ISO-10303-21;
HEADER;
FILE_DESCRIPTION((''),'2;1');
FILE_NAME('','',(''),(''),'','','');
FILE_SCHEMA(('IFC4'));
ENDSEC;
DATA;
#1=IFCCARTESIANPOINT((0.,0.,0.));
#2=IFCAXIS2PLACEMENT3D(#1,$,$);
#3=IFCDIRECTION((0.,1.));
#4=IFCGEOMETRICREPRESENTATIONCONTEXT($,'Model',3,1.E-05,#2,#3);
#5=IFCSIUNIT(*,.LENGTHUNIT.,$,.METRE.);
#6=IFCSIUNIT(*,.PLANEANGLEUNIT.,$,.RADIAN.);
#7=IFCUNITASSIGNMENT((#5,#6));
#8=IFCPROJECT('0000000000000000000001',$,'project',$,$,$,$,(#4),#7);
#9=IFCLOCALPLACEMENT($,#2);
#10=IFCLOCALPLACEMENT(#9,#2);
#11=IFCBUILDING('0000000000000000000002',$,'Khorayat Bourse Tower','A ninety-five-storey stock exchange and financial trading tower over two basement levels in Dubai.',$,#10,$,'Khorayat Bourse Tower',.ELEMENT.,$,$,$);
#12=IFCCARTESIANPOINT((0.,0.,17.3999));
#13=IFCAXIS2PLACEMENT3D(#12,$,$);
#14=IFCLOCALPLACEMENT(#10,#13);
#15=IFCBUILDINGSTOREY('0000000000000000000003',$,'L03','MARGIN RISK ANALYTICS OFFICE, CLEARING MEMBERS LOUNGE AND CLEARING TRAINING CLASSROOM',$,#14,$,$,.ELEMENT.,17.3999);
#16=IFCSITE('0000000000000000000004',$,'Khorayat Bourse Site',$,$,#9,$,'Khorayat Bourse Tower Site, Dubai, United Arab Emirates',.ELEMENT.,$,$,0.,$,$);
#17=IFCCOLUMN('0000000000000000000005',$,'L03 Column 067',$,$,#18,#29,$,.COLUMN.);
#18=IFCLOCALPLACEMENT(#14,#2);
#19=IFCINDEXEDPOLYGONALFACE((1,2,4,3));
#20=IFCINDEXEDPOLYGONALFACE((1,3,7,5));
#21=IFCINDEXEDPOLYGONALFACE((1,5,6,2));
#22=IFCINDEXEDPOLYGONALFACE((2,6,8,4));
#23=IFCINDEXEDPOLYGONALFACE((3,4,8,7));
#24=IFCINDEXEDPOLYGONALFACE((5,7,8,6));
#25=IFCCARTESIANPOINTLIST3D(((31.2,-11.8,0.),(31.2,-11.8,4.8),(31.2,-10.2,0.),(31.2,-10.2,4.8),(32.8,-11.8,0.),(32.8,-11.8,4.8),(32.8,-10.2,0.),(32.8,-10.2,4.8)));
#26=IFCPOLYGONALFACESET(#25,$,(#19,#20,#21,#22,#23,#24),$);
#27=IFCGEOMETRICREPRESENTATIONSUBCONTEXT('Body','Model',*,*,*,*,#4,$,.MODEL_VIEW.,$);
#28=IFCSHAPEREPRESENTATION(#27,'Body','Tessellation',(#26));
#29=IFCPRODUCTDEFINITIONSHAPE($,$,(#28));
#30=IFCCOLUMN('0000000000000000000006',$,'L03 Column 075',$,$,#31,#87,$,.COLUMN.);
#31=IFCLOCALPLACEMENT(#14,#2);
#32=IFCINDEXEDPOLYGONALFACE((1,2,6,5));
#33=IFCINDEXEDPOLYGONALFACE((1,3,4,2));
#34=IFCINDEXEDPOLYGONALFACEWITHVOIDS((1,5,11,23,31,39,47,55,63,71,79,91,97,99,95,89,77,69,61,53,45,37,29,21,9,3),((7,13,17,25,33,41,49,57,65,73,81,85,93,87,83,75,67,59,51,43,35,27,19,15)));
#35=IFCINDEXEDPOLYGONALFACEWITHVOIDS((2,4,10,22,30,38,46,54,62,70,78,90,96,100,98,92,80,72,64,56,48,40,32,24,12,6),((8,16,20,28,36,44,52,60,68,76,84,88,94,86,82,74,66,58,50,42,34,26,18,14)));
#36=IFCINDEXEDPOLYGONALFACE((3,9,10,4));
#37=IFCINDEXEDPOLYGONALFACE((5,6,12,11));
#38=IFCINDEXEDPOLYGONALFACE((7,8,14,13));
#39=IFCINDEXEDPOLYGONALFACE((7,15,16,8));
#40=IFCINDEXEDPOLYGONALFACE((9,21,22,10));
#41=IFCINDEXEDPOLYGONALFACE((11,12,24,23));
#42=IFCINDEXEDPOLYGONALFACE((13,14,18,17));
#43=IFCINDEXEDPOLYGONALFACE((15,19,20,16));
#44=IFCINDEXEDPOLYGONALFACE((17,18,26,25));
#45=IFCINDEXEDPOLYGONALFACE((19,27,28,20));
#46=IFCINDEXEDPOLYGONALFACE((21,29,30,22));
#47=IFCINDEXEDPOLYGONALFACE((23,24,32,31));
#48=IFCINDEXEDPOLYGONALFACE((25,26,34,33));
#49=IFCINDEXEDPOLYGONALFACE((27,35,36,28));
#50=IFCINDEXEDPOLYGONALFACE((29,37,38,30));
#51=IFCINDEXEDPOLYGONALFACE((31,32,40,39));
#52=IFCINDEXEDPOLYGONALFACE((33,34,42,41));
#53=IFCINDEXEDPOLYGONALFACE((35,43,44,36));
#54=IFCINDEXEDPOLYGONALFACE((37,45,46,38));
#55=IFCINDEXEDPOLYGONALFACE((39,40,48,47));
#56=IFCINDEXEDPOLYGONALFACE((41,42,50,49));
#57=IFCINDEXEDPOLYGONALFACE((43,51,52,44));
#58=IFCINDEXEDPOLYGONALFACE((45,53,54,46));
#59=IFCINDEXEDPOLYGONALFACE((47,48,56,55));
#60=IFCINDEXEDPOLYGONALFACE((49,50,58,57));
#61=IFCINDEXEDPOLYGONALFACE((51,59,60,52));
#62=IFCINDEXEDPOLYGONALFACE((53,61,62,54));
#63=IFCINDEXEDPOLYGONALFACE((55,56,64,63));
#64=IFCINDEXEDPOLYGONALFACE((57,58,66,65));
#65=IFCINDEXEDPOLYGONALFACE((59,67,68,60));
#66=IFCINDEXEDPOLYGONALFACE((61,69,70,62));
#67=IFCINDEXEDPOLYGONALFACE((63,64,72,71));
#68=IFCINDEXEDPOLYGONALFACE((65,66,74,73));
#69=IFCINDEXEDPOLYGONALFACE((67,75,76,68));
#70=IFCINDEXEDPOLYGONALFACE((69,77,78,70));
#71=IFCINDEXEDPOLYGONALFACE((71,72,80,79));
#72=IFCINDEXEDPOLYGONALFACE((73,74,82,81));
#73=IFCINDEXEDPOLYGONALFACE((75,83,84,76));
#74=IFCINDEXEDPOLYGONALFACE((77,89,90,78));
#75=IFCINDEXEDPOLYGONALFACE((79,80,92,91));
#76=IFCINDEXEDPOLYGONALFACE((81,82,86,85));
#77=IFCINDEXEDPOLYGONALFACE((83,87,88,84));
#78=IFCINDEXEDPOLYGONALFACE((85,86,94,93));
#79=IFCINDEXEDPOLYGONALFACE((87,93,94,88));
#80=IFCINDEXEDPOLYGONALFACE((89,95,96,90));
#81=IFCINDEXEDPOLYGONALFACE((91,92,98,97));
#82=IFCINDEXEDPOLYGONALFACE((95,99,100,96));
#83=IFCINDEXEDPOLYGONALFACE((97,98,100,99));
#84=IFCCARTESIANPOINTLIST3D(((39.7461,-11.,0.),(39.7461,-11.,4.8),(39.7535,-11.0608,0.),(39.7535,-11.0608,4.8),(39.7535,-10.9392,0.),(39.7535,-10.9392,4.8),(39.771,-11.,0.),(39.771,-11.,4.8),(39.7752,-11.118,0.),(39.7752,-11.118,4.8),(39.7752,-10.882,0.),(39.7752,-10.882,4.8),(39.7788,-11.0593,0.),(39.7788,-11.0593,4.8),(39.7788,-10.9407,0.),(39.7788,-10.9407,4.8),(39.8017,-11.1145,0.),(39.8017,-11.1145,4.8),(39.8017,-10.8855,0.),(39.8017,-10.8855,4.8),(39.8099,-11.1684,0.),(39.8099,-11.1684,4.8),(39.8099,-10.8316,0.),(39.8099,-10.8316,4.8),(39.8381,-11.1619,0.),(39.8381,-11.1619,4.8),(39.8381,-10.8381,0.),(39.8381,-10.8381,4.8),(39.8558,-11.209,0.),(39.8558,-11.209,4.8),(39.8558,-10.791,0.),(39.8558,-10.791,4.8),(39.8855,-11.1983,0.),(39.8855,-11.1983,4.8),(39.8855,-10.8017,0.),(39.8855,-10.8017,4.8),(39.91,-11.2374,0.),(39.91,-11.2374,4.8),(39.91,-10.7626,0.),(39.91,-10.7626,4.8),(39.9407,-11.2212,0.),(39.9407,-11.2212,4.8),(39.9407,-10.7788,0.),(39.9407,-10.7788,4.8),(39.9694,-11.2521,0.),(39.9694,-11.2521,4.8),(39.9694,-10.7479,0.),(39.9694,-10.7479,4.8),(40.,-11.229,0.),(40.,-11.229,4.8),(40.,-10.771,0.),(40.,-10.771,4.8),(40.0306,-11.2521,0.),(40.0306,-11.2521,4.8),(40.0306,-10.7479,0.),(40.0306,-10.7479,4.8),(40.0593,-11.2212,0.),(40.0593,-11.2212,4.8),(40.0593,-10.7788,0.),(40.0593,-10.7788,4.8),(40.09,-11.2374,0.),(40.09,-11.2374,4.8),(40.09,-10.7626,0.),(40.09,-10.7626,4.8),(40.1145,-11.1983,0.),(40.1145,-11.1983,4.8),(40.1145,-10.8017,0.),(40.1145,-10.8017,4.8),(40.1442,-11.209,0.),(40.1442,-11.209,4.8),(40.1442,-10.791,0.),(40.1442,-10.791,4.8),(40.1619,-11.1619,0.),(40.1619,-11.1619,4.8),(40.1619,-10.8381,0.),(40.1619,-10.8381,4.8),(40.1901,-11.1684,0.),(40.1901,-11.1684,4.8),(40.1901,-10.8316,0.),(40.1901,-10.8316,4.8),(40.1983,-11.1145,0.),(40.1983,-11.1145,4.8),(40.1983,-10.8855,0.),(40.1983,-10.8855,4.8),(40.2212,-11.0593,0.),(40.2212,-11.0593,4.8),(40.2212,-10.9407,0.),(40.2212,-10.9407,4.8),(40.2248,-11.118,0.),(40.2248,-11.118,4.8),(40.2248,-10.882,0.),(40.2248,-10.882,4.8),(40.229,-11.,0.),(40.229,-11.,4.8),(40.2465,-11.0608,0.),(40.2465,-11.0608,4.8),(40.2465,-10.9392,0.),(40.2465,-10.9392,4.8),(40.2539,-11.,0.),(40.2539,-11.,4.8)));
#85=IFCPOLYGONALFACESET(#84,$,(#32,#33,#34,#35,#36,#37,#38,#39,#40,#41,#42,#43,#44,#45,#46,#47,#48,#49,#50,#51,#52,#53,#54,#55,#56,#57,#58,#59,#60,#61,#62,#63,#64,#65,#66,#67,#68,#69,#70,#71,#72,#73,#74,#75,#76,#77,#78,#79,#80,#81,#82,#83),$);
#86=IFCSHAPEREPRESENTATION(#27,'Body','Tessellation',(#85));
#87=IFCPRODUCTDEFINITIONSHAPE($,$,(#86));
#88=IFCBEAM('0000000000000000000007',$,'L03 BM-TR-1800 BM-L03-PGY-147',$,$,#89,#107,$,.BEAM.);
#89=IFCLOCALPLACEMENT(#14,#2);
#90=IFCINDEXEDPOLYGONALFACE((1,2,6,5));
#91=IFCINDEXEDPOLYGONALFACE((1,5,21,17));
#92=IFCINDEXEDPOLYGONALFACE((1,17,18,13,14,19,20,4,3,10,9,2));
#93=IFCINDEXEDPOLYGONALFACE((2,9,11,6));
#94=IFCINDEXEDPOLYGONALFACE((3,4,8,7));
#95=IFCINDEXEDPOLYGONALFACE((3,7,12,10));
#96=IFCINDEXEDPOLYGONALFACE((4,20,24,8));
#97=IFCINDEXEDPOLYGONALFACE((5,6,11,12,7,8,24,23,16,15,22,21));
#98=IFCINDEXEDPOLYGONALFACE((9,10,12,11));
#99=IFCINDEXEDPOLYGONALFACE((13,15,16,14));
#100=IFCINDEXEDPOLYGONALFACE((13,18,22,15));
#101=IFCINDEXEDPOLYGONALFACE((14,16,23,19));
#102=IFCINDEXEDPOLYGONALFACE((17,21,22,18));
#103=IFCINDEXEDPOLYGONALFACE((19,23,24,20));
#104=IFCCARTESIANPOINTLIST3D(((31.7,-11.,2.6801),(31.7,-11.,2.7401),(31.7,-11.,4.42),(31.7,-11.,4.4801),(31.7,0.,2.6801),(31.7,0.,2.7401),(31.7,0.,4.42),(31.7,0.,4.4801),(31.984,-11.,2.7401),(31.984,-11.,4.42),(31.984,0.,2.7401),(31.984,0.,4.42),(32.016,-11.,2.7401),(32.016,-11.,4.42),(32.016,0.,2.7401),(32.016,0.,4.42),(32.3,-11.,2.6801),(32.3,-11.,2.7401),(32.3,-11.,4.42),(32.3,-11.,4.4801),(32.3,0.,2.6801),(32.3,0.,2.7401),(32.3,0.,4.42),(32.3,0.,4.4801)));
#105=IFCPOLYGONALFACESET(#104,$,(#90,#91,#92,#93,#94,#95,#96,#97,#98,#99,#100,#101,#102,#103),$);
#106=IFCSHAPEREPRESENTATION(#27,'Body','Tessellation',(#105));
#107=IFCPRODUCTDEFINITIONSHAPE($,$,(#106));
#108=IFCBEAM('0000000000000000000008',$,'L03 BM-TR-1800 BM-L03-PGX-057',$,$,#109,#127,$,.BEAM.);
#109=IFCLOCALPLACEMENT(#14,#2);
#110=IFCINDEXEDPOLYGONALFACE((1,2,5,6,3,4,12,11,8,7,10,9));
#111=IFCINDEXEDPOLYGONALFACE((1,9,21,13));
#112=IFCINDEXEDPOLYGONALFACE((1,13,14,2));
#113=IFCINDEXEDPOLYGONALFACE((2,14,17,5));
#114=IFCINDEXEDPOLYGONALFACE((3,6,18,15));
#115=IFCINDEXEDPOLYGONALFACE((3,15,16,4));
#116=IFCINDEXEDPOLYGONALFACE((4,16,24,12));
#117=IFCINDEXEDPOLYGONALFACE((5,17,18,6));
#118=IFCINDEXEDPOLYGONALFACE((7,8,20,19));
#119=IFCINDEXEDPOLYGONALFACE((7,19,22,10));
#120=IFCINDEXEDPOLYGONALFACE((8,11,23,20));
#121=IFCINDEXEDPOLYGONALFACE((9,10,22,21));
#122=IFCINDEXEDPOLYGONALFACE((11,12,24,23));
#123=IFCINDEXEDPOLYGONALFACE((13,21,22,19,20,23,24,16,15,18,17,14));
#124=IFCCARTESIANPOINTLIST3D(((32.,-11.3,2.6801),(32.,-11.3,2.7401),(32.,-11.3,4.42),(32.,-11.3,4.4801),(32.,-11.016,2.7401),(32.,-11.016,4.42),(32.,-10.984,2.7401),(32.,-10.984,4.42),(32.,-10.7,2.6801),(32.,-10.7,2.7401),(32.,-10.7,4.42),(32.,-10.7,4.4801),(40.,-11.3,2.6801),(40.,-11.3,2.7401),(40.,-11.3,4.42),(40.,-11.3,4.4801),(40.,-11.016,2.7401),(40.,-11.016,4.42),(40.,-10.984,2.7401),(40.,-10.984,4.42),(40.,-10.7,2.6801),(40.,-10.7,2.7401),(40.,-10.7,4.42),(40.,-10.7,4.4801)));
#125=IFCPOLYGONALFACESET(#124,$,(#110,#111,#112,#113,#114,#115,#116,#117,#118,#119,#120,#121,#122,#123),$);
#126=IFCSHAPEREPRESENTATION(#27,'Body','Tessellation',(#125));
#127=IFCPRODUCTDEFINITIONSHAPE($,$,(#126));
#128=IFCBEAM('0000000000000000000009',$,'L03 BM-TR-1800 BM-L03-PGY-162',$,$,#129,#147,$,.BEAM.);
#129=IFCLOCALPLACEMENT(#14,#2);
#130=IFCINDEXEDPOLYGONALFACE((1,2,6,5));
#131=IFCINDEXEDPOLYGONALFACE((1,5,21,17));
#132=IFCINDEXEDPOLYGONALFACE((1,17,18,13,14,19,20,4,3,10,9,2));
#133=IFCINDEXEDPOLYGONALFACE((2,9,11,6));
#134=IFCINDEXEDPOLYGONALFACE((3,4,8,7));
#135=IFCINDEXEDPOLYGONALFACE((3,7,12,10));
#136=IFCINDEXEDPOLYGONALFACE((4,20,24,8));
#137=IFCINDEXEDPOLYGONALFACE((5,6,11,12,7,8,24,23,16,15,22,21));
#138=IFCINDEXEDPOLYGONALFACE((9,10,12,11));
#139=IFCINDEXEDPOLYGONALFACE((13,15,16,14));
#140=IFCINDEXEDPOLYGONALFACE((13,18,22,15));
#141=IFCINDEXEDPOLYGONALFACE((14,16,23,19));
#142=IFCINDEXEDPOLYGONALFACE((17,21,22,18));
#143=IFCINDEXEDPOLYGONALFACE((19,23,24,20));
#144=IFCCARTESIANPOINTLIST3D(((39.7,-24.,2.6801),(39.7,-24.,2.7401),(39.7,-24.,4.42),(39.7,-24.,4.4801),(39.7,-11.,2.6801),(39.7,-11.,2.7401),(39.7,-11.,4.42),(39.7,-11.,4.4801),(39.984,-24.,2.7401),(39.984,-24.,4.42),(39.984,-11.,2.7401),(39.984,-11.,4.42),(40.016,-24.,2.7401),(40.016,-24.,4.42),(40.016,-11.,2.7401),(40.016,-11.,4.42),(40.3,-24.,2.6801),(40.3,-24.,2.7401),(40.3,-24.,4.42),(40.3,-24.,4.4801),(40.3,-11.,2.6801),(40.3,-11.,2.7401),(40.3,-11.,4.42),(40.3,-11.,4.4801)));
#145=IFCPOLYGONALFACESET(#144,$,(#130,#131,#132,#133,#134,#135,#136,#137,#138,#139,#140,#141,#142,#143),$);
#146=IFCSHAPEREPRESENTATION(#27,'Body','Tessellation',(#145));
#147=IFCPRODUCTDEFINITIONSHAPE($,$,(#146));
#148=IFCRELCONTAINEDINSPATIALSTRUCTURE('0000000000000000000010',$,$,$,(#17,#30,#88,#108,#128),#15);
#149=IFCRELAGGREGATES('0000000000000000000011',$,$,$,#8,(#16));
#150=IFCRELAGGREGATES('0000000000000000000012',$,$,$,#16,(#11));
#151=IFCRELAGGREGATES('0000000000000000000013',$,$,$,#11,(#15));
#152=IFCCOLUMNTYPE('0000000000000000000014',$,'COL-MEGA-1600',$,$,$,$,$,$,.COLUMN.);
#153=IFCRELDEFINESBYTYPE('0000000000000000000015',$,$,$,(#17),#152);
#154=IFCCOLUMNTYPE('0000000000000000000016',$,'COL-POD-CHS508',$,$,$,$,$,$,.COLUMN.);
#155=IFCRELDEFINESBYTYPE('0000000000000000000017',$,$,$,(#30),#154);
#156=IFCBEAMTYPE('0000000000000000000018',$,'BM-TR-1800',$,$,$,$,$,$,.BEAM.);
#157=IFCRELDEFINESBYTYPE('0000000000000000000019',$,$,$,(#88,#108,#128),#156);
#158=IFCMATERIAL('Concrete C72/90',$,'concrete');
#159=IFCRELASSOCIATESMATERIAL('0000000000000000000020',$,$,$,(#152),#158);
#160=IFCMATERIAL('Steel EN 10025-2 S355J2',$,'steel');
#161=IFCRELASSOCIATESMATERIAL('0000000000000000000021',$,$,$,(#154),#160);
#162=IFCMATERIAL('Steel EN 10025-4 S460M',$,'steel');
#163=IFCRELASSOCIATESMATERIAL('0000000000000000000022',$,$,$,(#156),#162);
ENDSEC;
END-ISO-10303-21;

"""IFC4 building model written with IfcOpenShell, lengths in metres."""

from ifc_helpers import new_model, si_unit, direction, frame, origin, origin_2d, place, context, subcontext, project, spatial, rectangle, hollow_circle, i_section, extrude, source, transform, mapped, material, material_profile, profile_set, type_object, element, save


model = new_model("IFC4")

# Units and contexts
model_context = context("Model", 3, precision=1e-05, world=origin(), true_north=direction((0.0, 1.0)))
body_context = subcontext(model_context, "Body", "Model", "MODEL_VIEW")
ifc_project = project(units=[si_unit("LENGTHUNIT", "METRE"), si_unit("PLANEANGLEUNIT", "RADIAN")], contexts=[model_context])

# Site, building, storey
site_placement = place(None, origin())
site = spatial("IfcSite", under=ifc_project, at=site_placement, Name="Khorayat Bourse Site", LongName="Khorayat Bourse Tower Site, Dubai, United Arab Emirates", CompositionType="ELEMENT", RefElevation=0.0)
building_placement = place(site_placement, origin())
building = spatial("IfcBuilding", under=site, at=building_placement, Name="Khorayat Bourse Tower", Description="A ninety-five-storey stock exchange and financial trading tower over two basement levels in Dubai.", LongName="Khorayat Bourse Tower", CompositionType="ELEMENT")
storey_placement = place(building_placement, frame((0.0, 0.0, 17.3999)))
storey = spatial("IfcBuildingStorey", under=building, at=storey_placement, Name="L03", Description="MARGIN RISK ANALYTICS OFFICE, CLEARING MEMBERS LOUNGE AND CLEARING TRAINING CLASSROOM", CompositionType="ELEMENT", Elevation=17.3999)

# Columns
ifc_material_1 = material(Name="Concrete C72/90", Category="concrete")
ifc_material_profile_1 = material_profile(ifc_material_1, rectangle(XDim=1.6001, YDim=1.6001, at=origin_2d()), Name="RC 1600x1600")
ifc_profile_set_1 = profile_set([ifc_material_profile_1], Name="Concrete C72/90")
column_type_1 = type_object("IfcColumnType", Name="COL-MEGA-1600", PredefinedType="COLUMN", material=ifc_profile_set_1)
shared_shape_1 = source(origin(), body_context, "Body", "SweptSolid", [
    extrude(rectangle(XDim=1.6001, YDim=1.6001, at=origin_2d()), origin(), (0.0, 0.0, 1.0), 4.8),
])
column_1_placement = place(storey_placement, frame((32.0, -11.0, 0.0), z_axis=(0.0, 0.0, 1.0), x_axis=(1.0, 0.0, 0.0)))
element("IfcColumn", 1, at=column_1_placement, inside=storey, type_object=column_type_1, Name="L03 Column 067", PredefinedType="COLUMN", context=body_context, shape_type="MappedRepresentation", body=[
    mapped(shared_shape_1, transform((0.0, 0.0, 0.0), scale=1.0)),
])
ifc_material_2 = material(Name="Steel EN 10025-2 S355J2", Category="steel")
ifc_material_profile_2 = material_profile(ifc_material_2, hollow_circle(Radius=0.2539, WallThickness=0.0249, at=origin_2d()), Name="CHS 508x25")
ifc_profile_set_2 = profile_set([ifc_material_profile_2], Name="Steel EN 10025-2 S355J2")
column_type_2 = type_object("IfcColumnType", Name="COL-POD-CHS508", PredefinedType="COLUMN", material=ifc_profile_set_2)
shared_shape_2 = source(origin(), body_context, "Body", "SweptSolid", [
    extrude(hollow_circle(Radius=0.2539, WallThickness=0.0249, at=origin_2d()), origin(), (0.0, 0.0, 1.0), 4.8),
])
column_2_placement = place(storey_placement, frame((40.0, -11.0, 0.0), z_axis=(0.0, 0.0, 1.0), x_axis=(1.0, 0.0, 0.0)))
element("IfcColumn", 2, at=column_2_placement, inside=storey, type_object=column_type_2, Name="L03 Column 075", PredefinedType="COLUMN", context=body_context, shape_type="MappedRepresentation", body=[
    mapped(shared_shape_2, transform((0.0, 0.0, 0.0), scale=1.0)),
])

# Beams
ifc_material_3 = material(Name="Steel EN 10025-4 S460M", Category="steel")
ifc_material_profile_3 = material_profile(ifc_material_3, i_section(OverallWidth=0.6001, OverallDepth=1.8, WebThickness=0.032, FlangeThickness=0.0601, at=origin_2d()), Name="PG 1800x600x32x60")
ifc_profile_set_3 = profile_set([ifc_material_profile_3], Name="Steel EN 10025-4 S460M")
beam_type_1 = type_object("IfcBeamType", Name="BM-TR-1800", PredefinedType="BEAM", material=ifc_profile_set_3)
shared_shape_3 = source(origin(), body_context, "Body", "SweptSolid", [
    extrude(i_section(OverallWidth=0.6001, OverallDepth=1.8, WebThickness=0.032, FlangeThickness=0.0601, at=origin_2d()), origin(), (0.0, 0.0, 1.0), 11.0),
])
beam_1_placement = place(storey_placement, frame((32.0, -11.0, 3.5801), z_axis=(0.0, 1.0, 0.0), x_axis=(-1.0, 0.0, 0.0)))
element("IfcBeam", 3, at=beam_1_placement, inside=storey, type_object=beam_type_1, Name="L03 BM-TR-1800 BM-L03-PGY-147", PredefinedType="BEAM", context=body_context, shape_type="MappedRepresentation", body=[
    mapped(shared_shape_3, transform((0.0, 0.0, 0.0), scale=1.0)),
])
shared_shape_4 = source(origin(), body_context, "Body", "SweptSolid", [
    extrude(i_section(OverallWidth=0.6001, OverallDepth=1.8, WebThickness=0.032, FlangeThickness=0.0601, at=origin_2d()), origin(), (0.0, 0.0, 1.0), 8.0),
])
beam_2_placement = place(storey_placement, frame((32.0, -11.0, 3.5801), z_axis=(1.0, 0.0, 0.0), x_axis=(0.0, 1.0, 0.0)))
element("IfcBeam", 4, at=beam_2_placement, inside=storey, type_object=beam_type_1, Name="L03 BM-TR-1800 BM-L03-PGX-057", PredefinedType="BEAM", context=body_context, shape_type="MappedRepresentation", body=[
    mapped(shared_shape_4, transform((0.0, 0.0, 0.0), scale=1.0)),
])
shared_shape_5 = source(origin(), body_context, "Body", "SweptSolid", [
    extrude(i_section(OverallWidth=0.6001, OverallDepth=1.8, WebThickness=0.032, FlangeThickness=0.0601, at=origin_2d()), origin(), (0.0, 0.0, 1.0), 13.0),
])
beam_3_placement = place(storey_placement, frame((40.0, -24.0, 3.5801), z_axis=(0.0, 1.0, 0.0), x_axis=(-1.0, 0.0, 0.0)))
element("IfcBeam", 5, at=beam_3_placement, inside=storey, type_object=beam_type_1, Name="L03 BM-TR-1800 BM-L03-PGY-162", PredefinedType="BEAM", context=body_context, shape_type="MappedRepresentation", body=[
    mapped(shared_shape_5, transform((0.0, 0.0, 0.0), scale=1.0)),
])

save(model, "model.ifc")
